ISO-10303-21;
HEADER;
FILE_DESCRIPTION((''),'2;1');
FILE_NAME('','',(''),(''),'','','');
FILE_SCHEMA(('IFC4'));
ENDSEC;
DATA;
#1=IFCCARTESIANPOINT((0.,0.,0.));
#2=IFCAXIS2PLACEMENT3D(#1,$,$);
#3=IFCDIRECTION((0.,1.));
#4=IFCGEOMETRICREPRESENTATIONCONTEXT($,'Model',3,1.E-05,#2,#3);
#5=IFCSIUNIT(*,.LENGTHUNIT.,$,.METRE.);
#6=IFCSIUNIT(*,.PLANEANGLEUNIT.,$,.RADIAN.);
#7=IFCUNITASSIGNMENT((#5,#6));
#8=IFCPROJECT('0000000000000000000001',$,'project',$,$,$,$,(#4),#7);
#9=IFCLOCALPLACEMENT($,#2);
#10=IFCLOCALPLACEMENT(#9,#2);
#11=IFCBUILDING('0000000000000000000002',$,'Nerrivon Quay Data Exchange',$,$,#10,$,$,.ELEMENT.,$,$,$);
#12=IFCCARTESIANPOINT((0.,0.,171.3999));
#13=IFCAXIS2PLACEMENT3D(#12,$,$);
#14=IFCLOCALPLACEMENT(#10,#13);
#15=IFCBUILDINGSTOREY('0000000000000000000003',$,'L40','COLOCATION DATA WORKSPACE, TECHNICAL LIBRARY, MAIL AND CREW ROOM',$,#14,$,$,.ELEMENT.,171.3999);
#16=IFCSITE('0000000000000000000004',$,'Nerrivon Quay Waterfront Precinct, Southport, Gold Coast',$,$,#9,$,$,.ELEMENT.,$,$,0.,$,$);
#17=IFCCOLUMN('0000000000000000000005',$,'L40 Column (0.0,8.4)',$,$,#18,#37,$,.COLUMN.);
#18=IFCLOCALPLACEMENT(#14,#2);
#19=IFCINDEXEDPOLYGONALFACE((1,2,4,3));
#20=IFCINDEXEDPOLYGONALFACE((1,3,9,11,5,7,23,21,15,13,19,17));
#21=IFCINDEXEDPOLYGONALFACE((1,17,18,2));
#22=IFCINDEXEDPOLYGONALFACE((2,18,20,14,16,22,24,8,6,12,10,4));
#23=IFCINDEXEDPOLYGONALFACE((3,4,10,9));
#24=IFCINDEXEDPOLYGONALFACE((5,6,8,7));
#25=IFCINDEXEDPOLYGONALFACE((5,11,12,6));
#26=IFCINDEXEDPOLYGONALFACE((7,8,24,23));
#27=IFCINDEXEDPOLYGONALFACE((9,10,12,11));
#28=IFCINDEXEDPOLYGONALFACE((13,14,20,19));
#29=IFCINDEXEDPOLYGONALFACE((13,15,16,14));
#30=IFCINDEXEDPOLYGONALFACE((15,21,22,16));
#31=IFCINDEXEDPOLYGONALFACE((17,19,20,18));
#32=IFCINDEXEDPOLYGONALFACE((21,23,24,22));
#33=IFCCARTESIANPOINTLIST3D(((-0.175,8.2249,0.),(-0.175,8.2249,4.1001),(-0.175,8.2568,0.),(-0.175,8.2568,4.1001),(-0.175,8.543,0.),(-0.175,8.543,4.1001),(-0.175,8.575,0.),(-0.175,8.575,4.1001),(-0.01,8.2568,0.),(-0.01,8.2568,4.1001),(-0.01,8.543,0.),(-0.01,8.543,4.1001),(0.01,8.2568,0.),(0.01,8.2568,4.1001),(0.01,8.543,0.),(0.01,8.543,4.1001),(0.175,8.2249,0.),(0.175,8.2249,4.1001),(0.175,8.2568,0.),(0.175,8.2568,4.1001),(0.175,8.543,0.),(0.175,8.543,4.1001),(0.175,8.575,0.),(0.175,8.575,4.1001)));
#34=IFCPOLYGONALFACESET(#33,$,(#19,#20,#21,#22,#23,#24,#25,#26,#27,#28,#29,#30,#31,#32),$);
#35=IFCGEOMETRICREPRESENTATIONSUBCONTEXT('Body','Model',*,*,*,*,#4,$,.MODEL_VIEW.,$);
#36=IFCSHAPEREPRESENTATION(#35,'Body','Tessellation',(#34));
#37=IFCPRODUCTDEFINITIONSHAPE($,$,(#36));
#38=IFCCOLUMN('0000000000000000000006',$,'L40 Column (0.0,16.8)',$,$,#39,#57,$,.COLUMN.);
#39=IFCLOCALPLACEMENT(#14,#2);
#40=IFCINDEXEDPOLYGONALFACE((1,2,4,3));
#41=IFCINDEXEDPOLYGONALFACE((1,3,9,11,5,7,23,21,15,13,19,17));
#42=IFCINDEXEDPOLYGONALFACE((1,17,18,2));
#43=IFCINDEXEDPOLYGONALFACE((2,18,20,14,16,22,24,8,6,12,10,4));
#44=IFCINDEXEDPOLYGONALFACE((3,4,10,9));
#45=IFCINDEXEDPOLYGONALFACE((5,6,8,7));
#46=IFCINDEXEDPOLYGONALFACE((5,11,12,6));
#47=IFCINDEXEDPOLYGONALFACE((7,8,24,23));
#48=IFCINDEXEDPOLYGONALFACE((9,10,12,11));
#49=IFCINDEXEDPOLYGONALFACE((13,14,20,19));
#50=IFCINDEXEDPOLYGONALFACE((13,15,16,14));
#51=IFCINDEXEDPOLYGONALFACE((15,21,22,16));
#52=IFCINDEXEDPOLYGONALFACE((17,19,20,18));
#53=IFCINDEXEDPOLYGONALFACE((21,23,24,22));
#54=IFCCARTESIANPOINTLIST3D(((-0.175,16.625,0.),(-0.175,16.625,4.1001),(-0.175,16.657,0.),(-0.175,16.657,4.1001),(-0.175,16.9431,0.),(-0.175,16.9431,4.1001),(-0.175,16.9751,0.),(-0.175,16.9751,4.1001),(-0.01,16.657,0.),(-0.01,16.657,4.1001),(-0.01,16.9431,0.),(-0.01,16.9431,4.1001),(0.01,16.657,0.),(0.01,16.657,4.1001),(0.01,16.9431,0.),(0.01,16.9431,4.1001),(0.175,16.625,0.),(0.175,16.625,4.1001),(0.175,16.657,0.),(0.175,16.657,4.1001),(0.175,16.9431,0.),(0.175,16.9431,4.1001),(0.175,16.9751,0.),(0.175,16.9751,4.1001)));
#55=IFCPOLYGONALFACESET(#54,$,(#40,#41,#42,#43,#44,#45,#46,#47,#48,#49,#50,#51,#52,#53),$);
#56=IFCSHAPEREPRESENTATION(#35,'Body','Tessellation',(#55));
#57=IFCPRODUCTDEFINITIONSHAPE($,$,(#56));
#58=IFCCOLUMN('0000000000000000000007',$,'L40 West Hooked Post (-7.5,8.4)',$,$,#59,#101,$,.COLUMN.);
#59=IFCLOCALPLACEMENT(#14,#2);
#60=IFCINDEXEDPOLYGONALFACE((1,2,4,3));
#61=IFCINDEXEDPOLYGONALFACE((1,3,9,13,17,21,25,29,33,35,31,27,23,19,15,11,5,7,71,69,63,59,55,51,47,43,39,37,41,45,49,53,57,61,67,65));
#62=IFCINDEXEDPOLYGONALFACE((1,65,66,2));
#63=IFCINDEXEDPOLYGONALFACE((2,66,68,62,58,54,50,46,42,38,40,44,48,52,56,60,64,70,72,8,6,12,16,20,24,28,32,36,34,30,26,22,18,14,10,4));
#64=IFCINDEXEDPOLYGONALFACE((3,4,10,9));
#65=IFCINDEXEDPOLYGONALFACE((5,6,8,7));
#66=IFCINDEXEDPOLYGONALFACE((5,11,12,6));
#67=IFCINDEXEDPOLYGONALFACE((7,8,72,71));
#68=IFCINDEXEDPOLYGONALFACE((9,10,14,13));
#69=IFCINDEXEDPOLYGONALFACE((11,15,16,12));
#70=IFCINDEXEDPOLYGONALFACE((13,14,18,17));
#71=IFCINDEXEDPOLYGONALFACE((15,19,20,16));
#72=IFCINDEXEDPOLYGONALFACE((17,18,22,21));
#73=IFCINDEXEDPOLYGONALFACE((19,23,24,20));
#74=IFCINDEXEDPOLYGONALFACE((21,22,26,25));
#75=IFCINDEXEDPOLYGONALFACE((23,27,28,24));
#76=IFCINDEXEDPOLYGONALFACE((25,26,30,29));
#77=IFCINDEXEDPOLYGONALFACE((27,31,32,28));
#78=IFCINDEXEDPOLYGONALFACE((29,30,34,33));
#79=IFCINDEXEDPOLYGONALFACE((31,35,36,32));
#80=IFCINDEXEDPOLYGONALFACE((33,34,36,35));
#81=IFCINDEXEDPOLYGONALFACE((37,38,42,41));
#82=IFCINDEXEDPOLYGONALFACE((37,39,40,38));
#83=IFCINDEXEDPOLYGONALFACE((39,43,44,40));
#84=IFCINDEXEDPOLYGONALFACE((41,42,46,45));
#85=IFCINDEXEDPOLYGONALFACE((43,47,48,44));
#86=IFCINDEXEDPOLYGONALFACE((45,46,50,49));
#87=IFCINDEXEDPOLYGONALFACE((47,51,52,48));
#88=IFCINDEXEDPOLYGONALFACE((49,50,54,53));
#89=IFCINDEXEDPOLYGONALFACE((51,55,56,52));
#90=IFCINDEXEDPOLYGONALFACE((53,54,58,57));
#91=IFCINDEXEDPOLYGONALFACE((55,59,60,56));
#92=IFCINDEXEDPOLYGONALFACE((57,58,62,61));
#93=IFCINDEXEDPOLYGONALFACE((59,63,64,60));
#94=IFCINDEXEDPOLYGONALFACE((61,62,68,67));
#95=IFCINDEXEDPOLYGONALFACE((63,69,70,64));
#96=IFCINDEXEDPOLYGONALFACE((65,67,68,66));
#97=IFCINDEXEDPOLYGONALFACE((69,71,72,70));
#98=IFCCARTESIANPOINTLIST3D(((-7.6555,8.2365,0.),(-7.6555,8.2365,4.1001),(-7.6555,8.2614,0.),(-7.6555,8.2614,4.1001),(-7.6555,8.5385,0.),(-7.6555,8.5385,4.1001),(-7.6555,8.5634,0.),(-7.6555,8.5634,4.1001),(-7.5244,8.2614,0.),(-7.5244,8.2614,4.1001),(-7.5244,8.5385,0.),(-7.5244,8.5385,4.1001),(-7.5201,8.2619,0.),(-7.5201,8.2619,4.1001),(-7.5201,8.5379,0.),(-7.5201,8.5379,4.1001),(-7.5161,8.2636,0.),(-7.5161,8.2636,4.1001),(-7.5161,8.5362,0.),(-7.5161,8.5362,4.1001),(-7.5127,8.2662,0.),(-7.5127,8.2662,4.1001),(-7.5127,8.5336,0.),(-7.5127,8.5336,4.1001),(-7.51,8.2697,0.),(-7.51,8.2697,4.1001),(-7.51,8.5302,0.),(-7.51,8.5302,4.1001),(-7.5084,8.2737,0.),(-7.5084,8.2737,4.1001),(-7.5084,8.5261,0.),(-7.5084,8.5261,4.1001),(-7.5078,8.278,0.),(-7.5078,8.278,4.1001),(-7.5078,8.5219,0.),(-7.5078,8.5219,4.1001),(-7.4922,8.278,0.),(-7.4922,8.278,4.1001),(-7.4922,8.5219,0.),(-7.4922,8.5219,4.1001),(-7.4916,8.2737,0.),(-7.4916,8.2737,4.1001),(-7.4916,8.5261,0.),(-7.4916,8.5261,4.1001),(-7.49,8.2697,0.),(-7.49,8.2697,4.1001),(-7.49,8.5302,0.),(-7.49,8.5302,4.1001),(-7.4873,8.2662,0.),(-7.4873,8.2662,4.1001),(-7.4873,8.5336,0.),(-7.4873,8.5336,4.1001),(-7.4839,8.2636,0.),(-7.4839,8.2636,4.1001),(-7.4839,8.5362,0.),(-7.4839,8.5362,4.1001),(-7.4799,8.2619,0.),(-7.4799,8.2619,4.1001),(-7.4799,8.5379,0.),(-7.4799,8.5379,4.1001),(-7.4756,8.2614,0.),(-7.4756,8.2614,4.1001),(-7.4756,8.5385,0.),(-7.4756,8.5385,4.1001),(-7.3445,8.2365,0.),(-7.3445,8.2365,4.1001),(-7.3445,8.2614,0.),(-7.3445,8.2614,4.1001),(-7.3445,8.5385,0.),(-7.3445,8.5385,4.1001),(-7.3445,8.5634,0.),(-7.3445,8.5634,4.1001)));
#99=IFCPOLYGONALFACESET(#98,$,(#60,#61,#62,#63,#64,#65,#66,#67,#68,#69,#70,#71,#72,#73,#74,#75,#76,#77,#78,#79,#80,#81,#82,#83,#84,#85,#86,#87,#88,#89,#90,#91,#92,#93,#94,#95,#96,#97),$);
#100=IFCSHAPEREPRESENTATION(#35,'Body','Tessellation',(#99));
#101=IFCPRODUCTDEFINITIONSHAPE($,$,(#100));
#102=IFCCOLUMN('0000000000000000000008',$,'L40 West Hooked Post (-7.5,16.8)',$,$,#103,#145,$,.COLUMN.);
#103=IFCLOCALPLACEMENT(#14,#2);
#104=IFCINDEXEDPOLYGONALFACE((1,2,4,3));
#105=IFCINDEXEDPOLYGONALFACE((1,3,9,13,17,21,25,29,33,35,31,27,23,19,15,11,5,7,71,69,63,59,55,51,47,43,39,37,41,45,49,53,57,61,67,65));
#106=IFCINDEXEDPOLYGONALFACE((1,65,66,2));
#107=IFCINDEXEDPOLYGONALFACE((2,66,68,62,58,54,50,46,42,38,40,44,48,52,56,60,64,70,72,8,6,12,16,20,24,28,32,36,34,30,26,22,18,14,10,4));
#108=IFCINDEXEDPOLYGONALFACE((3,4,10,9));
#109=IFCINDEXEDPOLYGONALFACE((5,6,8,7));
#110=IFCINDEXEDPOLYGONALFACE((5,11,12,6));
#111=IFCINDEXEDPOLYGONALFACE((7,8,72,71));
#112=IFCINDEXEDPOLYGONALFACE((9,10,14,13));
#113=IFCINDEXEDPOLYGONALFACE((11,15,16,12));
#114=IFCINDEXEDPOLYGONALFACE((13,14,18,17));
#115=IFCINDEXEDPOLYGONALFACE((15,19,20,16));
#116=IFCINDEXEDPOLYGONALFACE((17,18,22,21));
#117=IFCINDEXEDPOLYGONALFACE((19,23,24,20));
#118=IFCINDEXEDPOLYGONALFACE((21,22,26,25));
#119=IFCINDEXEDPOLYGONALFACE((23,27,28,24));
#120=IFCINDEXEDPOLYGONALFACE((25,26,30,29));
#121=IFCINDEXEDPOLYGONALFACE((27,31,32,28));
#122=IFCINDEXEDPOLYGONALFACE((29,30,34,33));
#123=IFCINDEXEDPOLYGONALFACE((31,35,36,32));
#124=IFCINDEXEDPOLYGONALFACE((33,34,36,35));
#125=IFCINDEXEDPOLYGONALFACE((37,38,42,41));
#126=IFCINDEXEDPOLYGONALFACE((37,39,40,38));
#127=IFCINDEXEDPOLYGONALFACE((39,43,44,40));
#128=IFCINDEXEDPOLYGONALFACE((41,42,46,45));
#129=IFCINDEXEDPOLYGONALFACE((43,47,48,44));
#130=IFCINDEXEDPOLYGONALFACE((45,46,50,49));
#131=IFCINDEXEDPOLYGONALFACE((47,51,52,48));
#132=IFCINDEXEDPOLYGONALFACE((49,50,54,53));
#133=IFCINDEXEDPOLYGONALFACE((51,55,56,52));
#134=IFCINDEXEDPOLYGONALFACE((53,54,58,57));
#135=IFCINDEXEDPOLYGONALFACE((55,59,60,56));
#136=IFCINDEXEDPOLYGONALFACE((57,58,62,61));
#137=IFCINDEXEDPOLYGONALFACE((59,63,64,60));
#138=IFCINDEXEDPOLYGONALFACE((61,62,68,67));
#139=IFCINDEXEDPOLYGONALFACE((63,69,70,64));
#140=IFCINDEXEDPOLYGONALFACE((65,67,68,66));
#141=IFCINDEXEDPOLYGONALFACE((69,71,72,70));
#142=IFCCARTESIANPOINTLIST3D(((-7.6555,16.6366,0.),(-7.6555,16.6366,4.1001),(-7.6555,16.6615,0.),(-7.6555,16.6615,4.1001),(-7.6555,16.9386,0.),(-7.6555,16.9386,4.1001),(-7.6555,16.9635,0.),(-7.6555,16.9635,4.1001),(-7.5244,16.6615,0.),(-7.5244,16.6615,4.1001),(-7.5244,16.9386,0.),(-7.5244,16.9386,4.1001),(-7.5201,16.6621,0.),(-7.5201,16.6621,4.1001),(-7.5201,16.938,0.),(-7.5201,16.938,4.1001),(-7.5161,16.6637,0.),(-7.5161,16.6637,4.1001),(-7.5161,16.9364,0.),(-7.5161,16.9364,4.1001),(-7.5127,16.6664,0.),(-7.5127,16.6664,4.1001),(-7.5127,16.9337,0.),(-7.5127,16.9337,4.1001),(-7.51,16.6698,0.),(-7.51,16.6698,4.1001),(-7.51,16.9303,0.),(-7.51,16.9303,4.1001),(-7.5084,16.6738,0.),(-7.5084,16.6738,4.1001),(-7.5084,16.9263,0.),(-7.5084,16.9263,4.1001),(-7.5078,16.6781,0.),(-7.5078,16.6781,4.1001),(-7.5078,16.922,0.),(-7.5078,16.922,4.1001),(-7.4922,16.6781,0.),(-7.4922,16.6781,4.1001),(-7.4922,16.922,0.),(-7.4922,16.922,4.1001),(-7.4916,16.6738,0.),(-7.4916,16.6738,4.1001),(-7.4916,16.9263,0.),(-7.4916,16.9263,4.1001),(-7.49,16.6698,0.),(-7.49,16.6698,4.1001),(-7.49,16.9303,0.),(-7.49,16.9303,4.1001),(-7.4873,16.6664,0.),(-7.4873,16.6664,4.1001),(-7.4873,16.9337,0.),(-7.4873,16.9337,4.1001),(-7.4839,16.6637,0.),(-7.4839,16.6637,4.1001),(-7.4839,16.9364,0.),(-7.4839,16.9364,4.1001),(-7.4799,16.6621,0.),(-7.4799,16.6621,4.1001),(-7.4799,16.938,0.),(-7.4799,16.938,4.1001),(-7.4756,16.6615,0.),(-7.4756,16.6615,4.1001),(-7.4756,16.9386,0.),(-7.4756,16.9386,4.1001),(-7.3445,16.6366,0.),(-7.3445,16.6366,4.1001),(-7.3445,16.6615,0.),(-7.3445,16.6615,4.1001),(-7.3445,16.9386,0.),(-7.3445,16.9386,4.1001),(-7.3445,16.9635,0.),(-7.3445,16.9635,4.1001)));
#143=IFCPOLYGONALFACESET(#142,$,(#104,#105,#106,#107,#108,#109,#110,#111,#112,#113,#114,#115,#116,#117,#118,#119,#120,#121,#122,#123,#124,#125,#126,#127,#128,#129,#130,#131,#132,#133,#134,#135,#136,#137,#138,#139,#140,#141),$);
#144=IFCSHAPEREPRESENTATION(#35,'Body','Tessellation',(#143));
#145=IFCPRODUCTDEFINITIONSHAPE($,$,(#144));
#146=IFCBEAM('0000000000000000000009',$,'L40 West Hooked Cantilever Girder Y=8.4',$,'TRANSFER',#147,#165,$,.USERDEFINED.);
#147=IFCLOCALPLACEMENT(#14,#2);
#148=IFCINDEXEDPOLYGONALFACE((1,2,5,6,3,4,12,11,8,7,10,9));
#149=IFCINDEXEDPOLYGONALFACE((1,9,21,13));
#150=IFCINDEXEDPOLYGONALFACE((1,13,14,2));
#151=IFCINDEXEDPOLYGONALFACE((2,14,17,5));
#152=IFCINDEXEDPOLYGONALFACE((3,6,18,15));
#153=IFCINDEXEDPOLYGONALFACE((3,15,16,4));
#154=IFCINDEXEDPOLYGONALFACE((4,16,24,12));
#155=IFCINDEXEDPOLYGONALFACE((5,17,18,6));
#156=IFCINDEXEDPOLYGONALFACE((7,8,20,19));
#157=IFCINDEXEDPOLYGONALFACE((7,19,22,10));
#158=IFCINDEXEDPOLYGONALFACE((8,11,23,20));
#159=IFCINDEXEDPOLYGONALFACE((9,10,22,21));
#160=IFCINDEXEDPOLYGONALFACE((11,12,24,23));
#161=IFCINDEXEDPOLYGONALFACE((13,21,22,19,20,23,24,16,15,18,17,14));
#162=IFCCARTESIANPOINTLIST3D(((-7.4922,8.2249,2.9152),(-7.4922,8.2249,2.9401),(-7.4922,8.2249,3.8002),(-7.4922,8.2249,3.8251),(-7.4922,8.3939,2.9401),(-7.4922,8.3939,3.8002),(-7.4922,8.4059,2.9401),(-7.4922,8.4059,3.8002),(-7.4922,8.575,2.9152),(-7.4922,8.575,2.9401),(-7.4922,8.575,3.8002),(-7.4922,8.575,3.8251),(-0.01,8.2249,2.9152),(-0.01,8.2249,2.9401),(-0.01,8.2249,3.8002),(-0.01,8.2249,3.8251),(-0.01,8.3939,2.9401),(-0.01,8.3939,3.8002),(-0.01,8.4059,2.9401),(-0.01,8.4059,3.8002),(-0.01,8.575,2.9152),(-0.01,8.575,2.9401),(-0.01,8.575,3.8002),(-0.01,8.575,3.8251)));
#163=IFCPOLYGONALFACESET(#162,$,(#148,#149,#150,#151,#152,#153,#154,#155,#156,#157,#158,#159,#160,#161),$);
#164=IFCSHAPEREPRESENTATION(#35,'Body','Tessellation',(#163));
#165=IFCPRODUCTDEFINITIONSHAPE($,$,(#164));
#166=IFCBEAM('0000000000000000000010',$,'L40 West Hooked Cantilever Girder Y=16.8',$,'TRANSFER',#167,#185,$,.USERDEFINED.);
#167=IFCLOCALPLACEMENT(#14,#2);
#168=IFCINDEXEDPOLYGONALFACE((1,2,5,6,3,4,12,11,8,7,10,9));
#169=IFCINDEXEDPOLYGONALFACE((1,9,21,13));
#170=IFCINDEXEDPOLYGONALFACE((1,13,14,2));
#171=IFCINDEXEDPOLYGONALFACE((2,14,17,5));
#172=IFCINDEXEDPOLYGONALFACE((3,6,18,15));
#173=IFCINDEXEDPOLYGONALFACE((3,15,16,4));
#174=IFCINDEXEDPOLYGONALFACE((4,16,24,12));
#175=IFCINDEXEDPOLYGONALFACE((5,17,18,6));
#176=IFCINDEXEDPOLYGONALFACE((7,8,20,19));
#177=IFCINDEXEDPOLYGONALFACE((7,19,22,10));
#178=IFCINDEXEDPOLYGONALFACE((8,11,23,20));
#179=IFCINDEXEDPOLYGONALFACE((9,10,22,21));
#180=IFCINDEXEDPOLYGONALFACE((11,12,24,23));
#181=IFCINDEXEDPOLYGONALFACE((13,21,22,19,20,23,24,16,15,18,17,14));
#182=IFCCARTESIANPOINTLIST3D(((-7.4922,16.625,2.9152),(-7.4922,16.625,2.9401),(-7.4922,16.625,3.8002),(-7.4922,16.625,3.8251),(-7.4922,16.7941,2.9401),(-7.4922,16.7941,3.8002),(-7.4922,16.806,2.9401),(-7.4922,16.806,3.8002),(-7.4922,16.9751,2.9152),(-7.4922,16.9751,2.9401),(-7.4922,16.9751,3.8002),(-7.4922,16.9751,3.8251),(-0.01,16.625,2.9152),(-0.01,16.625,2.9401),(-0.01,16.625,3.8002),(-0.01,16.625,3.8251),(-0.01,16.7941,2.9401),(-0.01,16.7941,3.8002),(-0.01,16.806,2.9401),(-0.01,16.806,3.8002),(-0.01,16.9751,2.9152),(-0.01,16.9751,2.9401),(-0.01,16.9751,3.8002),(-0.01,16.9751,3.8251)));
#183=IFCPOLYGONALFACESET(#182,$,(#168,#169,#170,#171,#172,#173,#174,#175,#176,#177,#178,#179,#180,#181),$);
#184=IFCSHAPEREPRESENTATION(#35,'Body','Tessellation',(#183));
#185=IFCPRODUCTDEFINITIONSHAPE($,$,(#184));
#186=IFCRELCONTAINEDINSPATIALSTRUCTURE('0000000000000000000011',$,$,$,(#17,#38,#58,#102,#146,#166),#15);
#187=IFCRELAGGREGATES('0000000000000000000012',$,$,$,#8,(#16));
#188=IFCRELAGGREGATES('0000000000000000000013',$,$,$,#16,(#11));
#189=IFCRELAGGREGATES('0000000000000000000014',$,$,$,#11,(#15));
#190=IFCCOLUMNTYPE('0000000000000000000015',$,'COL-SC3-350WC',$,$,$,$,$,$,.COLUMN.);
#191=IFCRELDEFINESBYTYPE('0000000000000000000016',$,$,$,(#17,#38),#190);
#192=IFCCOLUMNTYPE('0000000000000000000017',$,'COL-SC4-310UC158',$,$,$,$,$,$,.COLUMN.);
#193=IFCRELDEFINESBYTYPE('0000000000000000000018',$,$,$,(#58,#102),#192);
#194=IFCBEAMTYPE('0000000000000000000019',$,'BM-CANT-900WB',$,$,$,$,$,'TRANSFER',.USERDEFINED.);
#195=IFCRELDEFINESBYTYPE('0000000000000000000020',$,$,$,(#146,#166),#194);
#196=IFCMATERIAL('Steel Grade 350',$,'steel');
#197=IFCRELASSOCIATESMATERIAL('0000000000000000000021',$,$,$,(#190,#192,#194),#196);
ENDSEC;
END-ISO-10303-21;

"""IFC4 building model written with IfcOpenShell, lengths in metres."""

from ifc_helpers import new_model, si_unit, direction, frame, origin, origin_2d, place, context, subcontext, project, spatial, i_section, extrude, material, material_profile, profile_set, type_object, element, save


model = new_model("IFC4")

# Units and contexts
model_context = context("Model", 3, precision=1e-05, world=origin(), true_north=direction((0.0, 1.0)))
body_context = subcontext(model_context, "Body", "Model", "MODEL_VIEW")
ifc_project = project(units=[si_unit("LENGTHUNIT", "METRE"), si_unit("PLANEANGLEUNIT", "RADIAN")], contexts=[model_context])

# Site, building, storey
site_placement = place(None, origin())
site = spatial("IfcSite", under=ifc_project, at=site_placement, Name="Nerrivon Quay Waterfront Precinct, Southport, Gold Coast", CompositionType="ELEMENT", RefElevation=0.0)
building_placement = place(site_placement, origin())
building = spatial("IfcBuilding", under=site, at=building_placement, Name="Nerrivon Quay Data Exchange", CompositionType="ELEMENT")
storey_placement = place(building_placement, frame((0.0, 0.0, 171.3999)))
storey = spatial("IfcBuildingStorey", under=building, at=storey_placement, Name="L40", Description="COLOCATION DATA WORKSPACE, TECHNICAL LIBRARY, MAIL AND CREW ROOM", CompositionType="ELEMENT", Elevation=171.3999)

# Columns
ifc_material_1 = material(Name="Steel Grade 350", Category="steel")
ifc_material_profile_1 = material_profile(ifc_material_1, i_section(OverallWidth=0.3501, OverallDepth=0.3501, WebThickness=0.02, FlangeThickness=0.032, at=origin_2d()), Name="350WC230")
ifc_profile_set_1 = profile_set([ifc_material_profile_1], Name="Steel Grade 350")
column_type_1 = type_object("IfcColumnType", Name="COL-SC3-350WC", PredefinedType="COLUMN", material=ifc_profile_set_1)
for number, where, z_axis, x_axis, name in (
    (1, (0.0, 8.3999, 0.0), (0.0, 0.0, 1.0), (1.0, 0.0, 0.0), "L40 Column (0.0,8.4)"),
    (2, (0.0, 16.8, 0.0), (0.0, 0.0, 1.0), (1.0, 0.0, 0.0), "L40 Column (0.0,16.8)"),
):
    element("IfcColumn", number, at=place(storey_placement, frame(where, z_axis=z_axis, x_axis=x_axis)), inside=storey, type_object=column_type_1, Name=name, PredefinedType="COLUMN", context=body_context, shape_type="SweptSolid", body=[
        extrude(i_section(OverallWidth=0.3501, OverallDepth=0.3501, WebThickness=0.02, FlangeThickness=0.032, at=origin_2d()), origin(), (0.0, 0.0, 1.0), 4.1001),
    ])
ifc_material_profile_2 = material_profile(ifc_material_1, i_section(OverallWidth=0.311, OverallDepth=0.3269, WebThickness=0.0156, FlangeThickness=0.0249, FilletRadius=0.0166, at=origin_2d()), Name="310UC158")
ifc_profile_set_2 = profile_set([ifc_material_profile_2], Name="Steel Grade 350")
column_type_2 = type_object("IfcColumnType", Name="COL-SC4-310UC158", PredefinedType="COLUMN", material=ifc_profile_set_2)
for number, where, z_axis, x_axis, name in (
    (3, (-7.5, 8.3999, 0.0), (0.0, 0.0, 1.0), (1.0, 0.0, 0.0), "L40 West Hooked Post (-7.5,8.4)"),
    (4, (-7.5, 16.8, 0.0), (0.0, 0.0, 1.0), (1.0, 0.0, 0.0), "L40 West Hooked Post (-7.5,16.8)"),
):
    element("IfcColumn", number, at=place(storey_placement, frame(where, z_axis=z_axis, x_axis=x_axis)), inside=storey, type_object=column_type_2, Name=name, PredefinedType="COLUMN", context=body_context, shape_type="SweptSolid", body=[
        extrude(i_section(OverallWidth=0.311, OverallDepth=0.3269, WebThickness=0.0156, FlangeThickness=0.0249, FilletRadius=0.0166, at=origin_2d()), origin(), (0.0, 0.0, 1.0), 4.1001),
    ])

# Beams
ifc_material_profile_3 = material_profile(ifc_material_1, i_section(OverallWidth=0.3501, OverallDepth=0.9099, WebThickness=0.012, FlangeThickness=0.0249, at=origin_2d()), Name="900WB218")
ifc_profile_set_3 = profile_set([ifc_material_profile_3], Name="Steel Grade 350")
beam_type_1 = type_object("IfcBeamType", Name="BM-CANT-900WB", ElementType="TRANSFER", PredefinedType="USERDEFINED", material=ifc_profile_set_3)
for number, where, z_axis, x_axis, name in (
    (5, (-0.01, 8.3999, 3.3701), (-1.0, 0.0, 0.0), (0.0, -1.0, 0.0), "L40 West Hooked Cantilever Girder Y=8.4"),
    (6, (-0.01, 16.8, 3.3701), (-1.0, 0.0, 0.0), (0.0, -1.0, 0.0), "L40 West Hooked Cantilever Girder Y=16.8"),
):
    element("IfcBeam", number, at=place(storey_placement, frame(where, z_axis=z_axis, x_axis=x_axis)), inside=storey, type_object=beam_type_1, Name=name, ObjectType="TRANSFER", PredefinedType="USERDEFINED", context=body_context, shape_type="SweptSolid", body=[
        extrude(i_section(OverallWidth=0.3501, OverallDepth=0.9099, WebThickness=0.012, FlangeThickness=0.0249, at=origin_2d()), origin(), (0.0, 0.0, 1.0), 7.4822),
    ])

save(model, "model.ifc")
